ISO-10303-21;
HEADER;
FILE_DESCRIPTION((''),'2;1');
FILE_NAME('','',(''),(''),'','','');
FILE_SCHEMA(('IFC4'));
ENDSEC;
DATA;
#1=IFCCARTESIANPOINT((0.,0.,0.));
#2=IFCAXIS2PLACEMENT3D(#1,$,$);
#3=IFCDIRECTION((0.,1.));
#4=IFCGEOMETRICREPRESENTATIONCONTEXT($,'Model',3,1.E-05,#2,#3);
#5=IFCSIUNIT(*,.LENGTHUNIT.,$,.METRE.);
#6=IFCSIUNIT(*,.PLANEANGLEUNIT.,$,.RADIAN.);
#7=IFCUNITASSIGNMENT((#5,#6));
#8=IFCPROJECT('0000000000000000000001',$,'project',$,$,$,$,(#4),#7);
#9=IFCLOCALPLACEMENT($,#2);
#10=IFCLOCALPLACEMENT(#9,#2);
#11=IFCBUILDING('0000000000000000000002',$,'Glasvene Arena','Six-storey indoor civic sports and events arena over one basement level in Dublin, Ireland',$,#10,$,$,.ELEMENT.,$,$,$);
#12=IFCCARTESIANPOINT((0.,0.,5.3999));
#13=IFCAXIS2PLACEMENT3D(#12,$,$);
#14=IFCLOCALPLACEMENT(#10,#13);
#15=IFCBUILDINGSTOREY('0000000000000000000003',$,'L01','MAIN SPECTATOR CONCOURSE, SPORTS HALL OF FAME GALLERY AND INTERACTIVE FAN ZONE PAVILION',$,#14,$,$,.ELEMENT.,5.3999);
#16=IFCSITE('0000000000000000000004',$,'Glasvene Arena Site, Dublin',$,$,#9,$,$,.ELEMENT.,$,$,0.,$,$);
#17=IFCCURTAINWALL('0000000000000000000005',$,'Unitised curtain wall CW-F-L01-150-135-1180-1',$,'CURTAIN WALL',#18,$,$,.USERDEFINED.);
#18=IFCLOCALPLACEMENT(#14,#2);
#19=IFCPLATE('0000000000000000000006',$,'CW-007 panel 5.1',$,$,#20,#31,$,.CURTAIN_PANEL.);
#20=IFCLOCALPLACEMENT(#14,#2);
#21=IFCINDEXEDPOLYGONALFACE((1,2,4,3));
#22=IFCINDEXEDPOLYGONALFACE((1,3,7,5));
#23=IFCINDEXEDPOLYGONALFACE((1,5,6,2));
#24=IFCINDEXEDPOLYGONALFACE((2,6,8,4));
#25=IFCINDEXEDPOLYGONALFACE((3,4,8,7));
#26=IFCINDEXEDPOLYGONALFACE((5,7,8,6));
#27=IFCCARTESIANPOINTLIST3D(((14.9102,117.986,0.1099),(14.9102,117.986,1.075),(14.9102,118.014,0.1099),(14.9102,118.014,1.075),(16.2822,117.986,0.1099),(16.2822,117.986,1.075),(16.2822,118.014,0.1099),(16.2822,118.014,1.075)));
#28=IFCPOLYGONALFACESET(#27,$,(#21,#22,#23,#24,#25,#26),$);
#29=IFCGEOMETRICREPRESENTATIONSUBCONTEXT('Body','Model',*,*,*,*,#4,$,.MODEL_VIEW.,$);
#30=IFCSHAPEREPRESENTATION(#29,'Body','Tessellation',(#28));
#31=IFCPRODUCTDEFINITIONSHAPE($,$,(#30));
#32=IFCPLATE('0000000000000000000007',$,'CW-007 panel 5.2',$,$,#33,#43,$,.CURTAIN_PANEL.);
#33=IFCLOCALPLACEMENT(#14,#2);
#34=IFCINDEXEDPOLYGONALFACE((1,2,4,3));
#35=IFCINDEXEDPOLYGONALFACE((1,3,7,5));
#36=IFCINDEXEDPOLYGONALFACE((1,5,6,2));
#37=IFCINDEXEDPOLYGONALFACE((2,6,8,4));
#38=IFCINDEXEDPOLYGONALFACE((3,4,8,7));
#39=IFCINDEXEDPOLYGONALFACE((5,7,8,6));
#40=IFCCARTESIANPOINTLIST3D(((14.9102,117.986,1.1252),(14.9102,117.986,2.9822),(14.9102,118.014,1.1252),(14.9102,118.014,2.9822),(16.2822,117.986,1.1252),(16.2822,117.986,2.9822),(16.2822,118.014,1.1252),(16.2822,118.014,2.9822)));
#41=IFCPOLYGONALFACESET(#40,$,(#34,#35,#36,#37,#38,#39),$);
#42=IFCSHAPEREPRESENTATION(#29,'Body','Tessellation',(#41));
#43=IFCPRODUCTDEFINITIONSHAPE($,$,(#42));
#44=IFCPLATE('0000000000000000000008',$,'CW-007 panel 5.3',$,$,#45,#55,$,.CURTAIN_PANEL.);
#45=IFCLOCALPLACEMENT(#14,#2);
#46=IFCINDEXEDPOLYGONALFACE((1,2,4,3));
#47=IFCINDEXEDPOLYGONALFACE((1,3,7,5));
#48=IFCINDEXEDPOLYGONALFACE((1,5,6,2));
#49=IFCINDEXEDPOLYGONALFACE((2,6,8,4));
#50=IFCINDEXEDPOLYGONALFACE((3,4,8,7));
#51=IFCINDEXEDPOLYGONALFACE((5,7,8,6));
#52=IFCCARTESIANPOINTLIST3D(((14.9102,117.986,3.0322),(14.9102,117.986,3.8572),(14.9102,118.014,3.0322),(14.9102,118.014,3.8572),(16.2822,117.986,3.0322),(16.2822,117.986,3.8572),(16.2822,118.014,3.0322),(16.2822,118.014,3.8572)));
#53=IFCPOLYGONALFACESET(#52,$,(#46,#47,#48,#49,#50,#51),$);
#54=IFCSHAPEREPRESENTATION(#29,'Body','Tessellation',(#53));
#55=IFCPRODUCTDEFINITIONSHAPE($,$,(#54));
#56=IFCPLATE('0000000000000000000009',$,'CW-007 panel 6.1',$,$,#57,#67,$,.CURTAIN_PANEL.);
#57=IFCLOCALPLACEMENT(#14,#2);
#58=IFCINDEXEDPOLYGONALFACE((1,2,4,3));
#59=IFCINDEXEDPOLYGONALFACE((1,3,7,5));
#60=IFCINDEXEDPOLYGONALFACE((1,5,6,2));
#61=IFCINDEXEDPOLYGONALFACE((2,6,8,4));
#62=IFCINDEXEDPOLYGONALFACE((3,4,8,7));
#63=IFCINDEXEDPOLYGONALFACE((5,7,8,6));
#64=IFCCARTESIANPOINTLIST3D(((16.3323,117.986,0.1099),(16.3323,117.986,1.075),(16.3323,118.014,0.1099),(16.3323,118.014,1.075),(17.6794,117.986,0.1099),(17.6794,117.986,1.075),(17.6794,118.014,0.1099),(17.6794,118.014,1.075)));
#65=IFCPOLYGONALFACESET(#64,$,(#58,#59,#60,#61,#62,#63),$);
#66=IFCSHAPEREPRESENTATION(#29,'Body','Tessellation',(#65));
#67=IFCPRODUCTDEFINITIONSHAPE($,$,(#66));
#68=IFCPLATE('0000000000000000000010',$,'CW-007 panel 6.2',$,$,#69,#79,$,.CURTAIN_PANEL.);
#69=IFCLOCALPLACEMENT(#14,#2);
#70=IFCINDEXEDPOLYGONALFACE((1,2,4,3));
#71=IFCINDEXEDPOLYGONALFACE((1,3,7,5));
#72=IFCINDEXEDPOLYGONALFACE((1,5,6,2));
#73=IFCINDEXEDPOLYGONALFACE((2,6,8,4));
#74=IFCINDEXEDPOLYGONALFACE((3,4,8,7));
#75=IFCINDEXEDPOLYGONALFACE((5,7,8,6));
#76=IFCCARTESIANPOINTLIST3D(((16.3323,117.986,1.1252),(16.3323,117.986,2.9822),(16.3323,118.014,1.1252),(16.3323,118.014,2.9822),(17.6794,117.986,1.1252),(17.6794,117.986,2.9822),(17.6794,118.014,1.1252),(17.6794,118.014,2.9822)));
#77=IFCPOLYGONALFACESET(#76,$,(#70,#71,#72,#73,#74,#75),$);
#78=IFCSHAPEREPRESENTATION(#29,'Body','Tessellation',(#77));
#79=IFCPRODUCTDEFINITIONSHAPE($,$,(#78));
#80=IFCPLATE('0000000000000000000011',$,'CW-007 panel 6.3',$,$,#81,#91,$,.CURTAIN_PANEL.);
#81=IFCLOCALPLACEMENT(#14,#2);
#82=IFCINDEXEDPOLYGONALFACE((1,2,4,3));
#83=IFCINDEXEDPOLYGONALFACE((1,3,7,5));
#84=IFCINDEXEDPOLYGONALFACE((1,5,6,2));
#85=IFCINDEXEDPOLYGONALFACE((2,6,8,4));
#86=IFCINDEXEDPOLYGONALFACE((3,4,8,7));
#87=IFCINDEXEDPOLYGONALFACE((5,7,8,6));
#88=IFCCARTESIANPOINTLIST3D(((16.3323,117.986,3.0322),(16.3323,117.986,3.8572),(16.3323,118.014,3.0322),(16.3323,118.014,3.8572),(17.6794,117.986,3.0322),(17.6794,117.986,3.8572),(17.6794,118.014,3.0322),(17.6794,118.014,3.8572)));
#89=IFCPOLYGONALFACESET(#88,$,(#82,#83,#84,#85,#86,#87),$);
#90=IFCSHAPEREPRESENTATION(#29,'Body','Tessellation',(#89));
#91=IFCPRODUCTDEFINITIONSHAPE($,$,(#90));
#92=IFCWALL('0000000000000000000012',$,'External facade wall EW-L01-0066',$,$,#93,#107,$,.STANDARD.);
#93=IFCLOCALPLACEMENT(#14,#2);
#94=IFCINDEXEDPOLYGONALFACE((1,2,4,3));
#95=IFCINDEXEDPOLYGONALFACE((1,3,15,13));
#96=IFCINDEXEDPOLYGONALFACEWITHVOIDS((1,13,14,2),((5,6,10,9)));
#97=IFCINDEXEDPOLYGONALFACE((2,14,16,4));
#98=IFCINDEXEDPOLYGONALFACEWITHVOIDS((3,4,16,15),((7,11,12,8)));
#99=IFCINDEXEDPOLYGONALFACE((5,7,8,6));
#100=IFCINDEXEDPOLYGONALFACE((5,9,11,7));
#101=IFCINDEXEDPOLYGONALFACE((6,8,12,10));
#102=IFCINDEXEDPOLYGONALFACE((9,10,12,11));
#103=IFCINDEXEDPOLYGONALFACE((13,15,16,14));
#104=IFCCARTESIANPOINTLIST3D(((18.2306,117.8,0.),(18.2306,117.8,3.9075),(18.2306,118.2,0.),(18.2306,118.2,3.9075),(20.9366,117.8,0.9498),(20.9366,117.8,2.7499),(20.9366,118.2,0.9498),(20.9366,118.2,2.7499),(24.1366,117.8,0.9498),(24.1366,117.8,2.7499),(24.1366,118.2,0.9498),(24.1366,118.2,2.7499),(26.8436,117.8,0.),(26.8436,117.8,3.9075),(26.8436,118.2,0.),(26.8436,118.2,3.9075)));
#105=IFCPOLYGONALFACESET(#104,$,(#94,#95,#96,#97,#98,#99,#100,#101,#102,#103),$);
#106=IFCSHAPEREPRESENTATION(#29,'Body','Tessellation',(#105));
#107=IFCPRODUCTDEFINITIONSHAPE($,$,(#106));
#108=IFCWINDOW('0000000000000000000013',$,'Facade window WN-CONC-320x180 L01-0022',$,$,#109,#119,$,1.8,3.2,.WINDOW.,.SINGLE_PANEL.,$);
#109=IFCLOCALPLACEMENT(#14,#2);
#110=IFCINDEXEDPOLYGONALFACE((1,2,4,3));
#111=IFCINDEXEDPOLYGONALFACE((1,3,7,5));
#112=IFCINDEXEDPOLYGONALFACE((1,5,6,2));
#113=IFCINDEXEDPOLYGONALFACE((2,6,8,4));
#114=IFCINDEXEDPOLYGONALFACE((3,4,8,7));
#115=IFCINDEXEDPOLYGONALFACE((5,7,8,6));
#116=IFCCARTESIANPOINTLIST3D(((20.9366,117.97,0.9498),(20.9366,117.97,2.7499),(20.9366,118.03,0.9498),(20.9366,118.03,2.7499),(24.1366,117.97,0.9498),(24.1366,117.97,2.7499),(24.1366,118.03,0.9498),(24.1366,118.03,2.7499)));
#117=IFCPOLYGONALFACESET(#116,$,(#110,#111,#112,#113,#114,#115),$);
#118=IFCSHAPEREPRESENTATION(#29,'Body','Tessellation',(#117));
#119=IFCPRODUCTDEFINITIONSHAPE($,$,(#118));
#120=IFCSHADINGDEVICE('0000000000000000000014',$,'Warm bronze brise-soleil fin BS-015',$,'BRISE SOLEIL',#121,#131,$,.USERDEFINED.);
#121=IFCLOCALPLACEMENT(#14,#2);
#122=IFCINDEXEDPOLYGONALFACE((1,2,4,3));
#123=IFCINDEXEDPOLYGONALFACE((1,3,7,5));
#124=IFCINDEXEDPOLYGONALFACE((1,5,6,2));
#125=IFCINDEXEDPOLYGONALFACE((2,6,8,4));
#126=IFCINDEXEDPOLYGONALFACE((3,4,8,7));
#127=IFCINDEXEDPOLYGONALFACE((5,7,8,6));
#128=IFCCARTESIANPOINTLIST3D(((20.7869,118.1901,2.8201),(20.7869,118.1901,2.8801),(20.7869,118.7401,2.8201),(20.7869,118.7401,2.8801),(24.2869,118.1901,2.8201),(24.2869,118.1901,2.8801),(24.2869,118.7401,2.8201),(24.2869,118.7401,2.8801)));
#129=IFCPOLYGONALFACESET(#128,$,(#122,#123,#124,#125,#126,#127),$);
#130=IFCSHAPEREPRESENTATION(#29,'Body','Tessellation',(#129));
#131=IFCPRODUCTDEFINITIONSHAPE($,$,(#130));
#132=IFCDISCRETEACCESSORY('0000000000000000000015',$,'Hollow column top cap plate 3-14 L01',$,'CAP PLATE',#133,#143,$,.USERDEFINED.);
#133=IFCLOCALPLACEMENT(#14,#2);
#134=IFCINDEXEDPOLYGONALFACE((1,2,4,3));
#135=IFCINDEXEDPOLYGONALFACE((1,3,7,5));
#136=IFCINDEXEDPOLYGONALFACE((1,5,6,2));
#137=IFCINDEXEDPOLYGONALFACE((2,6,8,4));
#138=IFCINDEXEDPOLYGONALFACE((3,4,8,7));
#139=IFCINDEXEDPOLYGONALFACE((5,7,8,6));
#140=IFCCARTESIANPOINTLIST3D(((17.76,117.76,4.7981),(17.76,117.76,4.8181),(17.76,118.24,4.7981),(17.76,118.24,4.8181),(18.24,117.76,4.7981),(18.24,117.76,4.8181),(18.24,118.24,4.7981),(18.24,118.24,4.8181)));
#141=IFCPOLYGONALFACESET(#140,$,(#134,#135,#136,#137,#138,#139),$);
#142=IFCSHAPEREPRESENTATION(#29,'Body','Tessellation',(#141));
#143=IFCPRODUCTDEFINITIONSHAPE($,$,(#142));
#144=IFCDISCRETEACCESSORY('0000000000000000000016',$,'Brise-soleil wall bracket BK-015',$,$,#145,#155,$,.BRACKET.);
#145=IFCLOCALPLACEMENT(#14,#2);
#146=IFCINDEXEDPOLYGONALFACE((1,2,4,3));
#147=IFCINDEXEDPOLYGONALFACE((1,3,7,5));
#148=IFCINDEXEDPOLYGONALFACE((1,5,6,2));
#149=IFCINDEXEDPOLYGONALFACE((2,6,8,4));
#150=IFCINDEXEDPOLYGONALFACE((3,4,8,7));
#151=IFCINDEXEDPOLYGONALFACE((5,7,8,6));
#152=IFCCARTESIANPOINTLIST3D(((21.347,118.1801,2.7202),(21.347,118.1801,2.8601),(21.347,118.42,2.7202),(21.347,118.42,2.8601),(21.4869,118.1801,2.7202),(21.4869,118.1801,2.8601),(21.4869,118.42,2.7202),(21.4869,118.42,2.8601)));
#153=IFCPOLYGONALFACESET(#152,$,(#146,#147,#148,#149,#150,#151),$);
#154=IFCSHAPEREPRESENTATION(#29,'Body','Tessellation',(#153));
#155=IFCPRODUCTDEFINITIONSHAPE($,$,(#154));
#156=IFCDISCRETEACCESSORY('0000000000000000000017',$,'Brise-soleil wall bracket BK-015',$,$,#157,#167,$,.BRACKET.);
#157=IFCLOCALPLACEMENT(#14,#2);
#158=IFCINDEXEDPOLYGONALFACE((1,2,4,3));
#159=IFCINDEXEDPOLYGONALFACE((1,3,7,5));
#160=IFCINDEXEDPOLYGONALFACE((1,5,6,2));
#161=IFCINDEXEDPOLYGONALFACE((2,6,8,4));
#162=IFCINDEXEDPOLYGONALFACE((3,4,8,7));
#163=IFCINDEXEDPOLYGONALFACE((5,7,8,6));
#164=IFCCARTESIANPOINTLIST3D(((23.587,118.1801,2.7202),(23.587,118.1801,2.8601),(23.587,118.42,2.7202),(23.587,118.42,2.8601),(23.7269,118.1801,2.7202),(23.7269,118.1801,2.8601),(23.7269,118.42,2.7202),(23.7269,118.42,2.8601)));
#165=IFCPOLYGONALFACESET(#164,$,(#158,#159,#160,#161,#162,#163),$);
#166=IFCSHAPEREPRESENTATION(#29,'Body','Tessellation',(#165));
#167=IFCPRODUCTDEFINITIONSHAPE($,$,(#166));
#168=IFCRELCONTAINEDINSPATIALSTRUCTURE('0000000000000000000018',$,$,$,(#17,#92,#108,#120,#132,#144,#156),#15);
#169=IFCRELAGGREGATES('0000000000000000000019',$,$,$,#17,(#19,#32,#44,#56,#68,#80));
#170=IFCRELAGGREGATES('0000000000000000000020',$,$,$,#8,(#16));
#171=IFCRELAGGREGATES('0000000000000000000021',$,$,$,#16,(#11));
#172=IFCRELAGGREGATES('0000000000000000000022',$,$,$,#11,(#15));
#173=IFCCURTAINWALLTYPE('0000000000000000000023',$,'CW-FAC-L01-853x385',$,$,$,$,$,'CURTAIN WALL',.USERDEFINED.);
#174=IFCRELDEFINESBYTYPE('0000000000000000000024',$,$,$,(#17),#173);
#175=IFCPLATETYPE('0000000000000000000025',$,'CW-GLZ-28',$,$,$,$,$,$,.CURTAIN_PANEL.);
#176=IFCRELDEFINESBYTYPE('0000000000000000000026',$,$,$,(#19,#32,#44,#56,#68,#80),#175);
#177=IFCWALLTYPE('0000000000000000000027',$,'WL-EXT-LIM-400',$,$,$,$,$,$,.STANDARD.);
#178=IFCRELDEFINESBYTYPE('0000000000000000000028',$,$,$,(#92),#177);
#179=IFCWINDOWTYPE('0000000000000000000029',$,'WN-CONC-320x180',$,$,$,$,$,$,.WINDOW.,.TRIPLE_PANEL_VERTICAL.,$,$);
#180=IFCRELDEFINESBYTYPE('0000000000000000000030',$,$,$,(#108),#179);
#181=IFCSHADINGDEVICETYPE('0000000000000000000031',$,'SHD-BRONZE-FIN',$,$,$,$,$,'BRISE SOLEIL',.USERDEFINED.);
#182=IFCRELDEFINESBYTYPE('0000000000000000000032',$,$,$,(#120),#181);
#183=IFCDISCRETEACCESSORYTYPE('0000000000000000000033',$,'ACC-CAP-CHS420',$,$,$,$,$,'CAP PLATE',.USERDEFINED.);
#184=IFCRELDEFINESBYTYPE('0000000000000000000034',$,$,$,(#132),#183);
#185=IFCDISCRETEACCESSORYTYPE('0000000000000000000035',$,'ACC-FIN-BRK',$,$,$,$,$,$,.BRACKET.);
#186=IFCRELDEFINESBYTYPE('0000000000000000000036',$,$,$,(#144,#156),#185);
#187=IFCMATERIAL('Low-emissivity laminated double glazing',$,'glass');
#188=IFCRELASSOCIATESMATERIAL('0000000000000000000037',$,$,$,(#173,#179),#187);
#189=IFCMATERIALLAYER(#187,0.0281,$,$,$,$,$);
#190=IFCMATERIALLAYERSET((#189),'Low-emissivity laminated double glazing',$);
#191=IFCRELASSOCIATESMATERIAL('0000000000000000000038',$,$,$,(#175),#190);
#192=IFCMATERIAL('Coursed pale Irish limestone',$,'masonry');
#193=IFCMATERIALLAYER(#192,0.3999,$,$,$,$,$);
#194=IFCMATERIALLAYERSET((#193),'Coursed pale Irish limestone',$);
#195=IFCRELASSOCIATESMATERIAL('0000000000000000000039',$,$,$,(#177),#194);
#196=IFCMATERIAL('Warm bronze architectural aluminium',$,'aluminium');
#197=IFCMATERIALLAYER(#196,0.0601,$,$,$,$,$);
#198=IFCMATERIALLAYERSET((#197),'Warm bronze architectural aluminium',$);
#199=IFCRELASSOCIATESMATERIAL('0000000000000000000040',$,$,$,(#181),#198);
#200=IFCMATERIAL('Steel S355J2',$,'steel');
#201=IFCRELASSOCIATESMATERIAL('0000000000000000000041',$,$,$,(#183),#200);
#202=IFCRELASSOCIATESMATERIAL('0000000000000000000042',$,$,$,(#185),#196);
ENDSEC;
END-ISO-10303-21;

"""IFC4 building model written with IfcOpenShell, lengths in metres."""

from ifc_helpers import new_model, si_unit, direction, frame, frame_2d, origin, origin_2d, place, context, subcontext, project, spatial, rectangle, extrude, material, layer, layer_set, type_object, element, fill, aggregate, save


model = new_model("IFC4")

# Units and contexts
model_context = context("Model", 3, precision=1e-05, world=origin(), true_north=direction((0.0, 1.0)))
body_context = subcontext(model_context, "Body", "Model", "MODEL_VIEW")
ifc_project = project(units=[si_unit("LENGTHUNIT", "METRE"), si_unit("PLANEANGLEUNIT", "RADIAN")], contexts=[model_context])

# Site, building, storey
site_placement = place(None, origin())
site = spatial("IfcSite", under=ifc_project, at=site_placement, Name="Glasvene Arena Site, Dublin", CompositionType="ELEMENT", RefElevation=0.0)
building_placement = place(site_placement, origin())
building = spatial("IfcBuilding", under=site, at=building_placement, Name="Glasvene Arena", Description="Six-storey indoor civic sports and events arena over one basement level in Dublin, Ireland", CompositionType="ELEMENT")
storey_placement = place(building_placement, frame((0.0, 0.0, 5.3999)))
storey = spatial("IfcBuildingStorey", under=building, at=storey_placement, Name="L01", Description="MAIN SPECTATOR CONCOURSE, SPORTS HALL OF FAME GALLERY AND INTERACTIVE FAN ZONE PAVILION", CompositionType="ELEMENT", Elevation=5.3999)

# Shared definitions
ifc_material_1 = material(Name="Steel S355J2", Category="steel")

# Curtain wall, plates
ifc_material_2 = material(Name="Low-emissivity laminated double glazing", Category="glass")
curtain_wall_type = type_object("IfcCurtainWallType", Name="CW-FAC-L01-853x385", ElementType="CURTAIN WALL", PredefinedType="USERDEFINED", material=ifc_material_2)
curtain_wall_placement = place(storey_placement, frame((9.1965, 118.0, 0.0)))
curtain_wall = element("IfcCurtainWall", 1, at=curtain_wall_placement, inside=storey, type_object=curtain_wall_type, Name="Unitised curtain wall CW-F-L01-150-135-1180-1", ObjectType="CURTAIN WALL", PredefinedType="USERDEFINED")
ifc_layer_1 = layer(ifc_material_2, 0.0281)
ifc_layer_set_1 = layer_set([ifc_layer_1], Name="Low-emissivity laminated double glazing")
plate_type = type_object("IfcPlateType", Name="CW-GLZ-28", PredefinedType="CURTAIN_PANEL", material=ifc_layer_set_1)
plate_1_placement = place(storey_placement, frame((15.5962, 118.0, 0.1099), z_axis=(0.0, 0.0, 1.0), x_axis=(1.0, 0.0, 0.0)))
plate_1 = element("IfcPlate", 2, at=plate_1_placement, type_object=plate_type, Name="CW-007 panel 5.1", PredefinedType="CURTAIN_PANEL", context=body_context, shape_type="SweptSolid", body=[
    extrude(rectangle(XDim=1.3721, YDim=0.0281, at=origin_2d()), origin(), (0.0, 0.0, 1.0), 0.9651),
])
plate_2_placement = place(storey_placement, frame((15.5962, 118.0, 1.1252), z_axis=(0.0, 0.0, 1.0), x_axis=(1.0, 0.0, 0.0)))
plate_2 = element("IfcPlate", 3, at=plate_2_placement, type_object=plate_type, Name="CW-007 panel 5.2", PredefinedType="CURTAIN_PANEL", context=body_context, shape_type="SweptSolid", body=[
    extrude(rectangle(XDim=1.3721, YDim=0.0281, at=origin_2d()), origin(), (0.0, 0.0, 1.0), 1.8569),
])
plate_3_placement = place(storey_placement, frame((15.5962, 118.0, 3.0322), z_axis=(0.0, 0.0, 1.0), x_axis=(1.0, 0.0, 0.0)))
plate_3 = element("IfcPlate", 4, at=plate_3_placement, type_object=plate_type, Name="CW-007 panel 5.3", PredefinedType="CURTAIN_PANEL", context=body_context, shape_type="SweptSolid", body=[
    extrude(rectangle(XDim=1.3721, YDim=0.0281, at=origin_2d()), origin(), (0.0, 0.0, 1.0), 0.825),
])
plate_4_placement = place(storey_placement, frame((17.0059, 118.0, 0.1099), z_axis=(0.0, 0.0, 1.0), x_axis=(1.0, 0.0, 0.0)))
plate_4 = element("IfcPlate", 5, at=plate_4_placement, type_object=plate_type, Name="CW-007 panel 6.1", PredefinedType="CURTAIN_PANEL", context=body_context, shape_type="SweptSolid", body=[
    extrude(rectangle(XDim=1.3472, YDim=0.0281, at=origin_2d()), origin(), (0.0, 0.0, 1.0), 0.9651),
])
plate_5_placement = place(storey_placement, frame((17.0059, 118.0, 1.1252), z_axis=(0.0, 0.0, 1.0), x_axis=(1.0, 0.0, 0.0)))
plate_5 = element("IfcPlate", 6, at=plate_5_placement, type_object=plate_type, Name="CW-007 panel 6.2", PredefinedType="CURTAIN_PANEL", context=body_context, shape_type="SweptSolid", body=[
    extrude(rectangle(XDim=1.3472, YDim=0.0281, at=origin_2d()), origin(), (0.0, 0.0, 1.0), 1.8569),
])
plate_6_placement = place(storey_placement, frame((17.0059, 118.0, 3.0322), z_axis=(0.0, 0.0, 1.0), x_axis=(1.0, 0.0, 0.0)))
plate_6 = element("IfcPlate", 7, at=plate_6_placement, type_object=plate_type, Name="CW-007 panel 6.3", PredefinedType="CURTAIN_PANEL", context=body_context, shape_type="SweptSolid", body=[
    extrude(rectangle(XDim=1.3472, YDim=0.0281, at=origin_2d()), origin(), (0.0, 0.0, 1.0), 0.825),
])
aggregate(curtain_wall, [plate_1, plate_2, plate_3, plate_4, plate_5, plate_6])

# Wall, opening, window
ifc_material_3 = material(Name="Coursed pale Irish limestone", Category="masonry")
ifc_layer_2 = layer(ifc_material_3, 0.3999)
ifc_layer_set_2 = layer_set([ifc_layer_2], Name="Coursed pale Irish limestone")
wall_type = type_object("IfcWallType", Name="WL-EXT-LIM-400", PredefinedType="STANDARD", material=ifc_layer_set_2)
wall_placement = place(storey_placement, frame((18.2305, 118.0, 0.0), z_axis=(0.0, 0.0, 1.0), x_axis=(1.0, 0.0, 0.0)))
wall = element("IfcWall", 8, at=wall_placement, inside=storey, type_object=wall_type, Name="External facade wall EW-L01-0066", PredefinedType="STANDARD", context=body_context, shape_type="SweptSolid", body=[
    extrude(rectangle(XDim=8.613, YDim=0.3999, at=frame_2d((4.3066, 0.0))), origin(), (0.0, 0.0, 1.0), 3.9075),
])
opening_placement = place(wall_placement, frame((2.7061, 0.0, 0.95)))
opening = element("IfcOpeningElement", 9, at=opening_placement, cuts=wall, PredefinedType="OPENING", context=body_context, shape_type="SweptSolid", body=[
    extrude(rectangle(XDim=3.2, YDim=1.8, at=frame_2d((1.6001, 0.8999))), frame((0.0, 0.21, 0.0), z_axis=(0.0, -1.0, 0.0), x_axis=(1.0, 0.0, 0.0)), (0.0, 0.0, 1.0), 0.4199),
])
window_type = type_object("IfcWindowType", Name="WN-CONC-320x180", PartitioningType="TRIPLE_PANEL_VERTICAL", PredefinedType="WINDOW", material=ifc_material_2)
window_placement = place(opening_placement, origin())
window = element("IfcWindow", 10, at=window_placement, inside=storey, type_object=window_type, Name="Facade window WN-CONC-320x180 L01-0022", OverallHeight=1.8, OverallWidth=3.2, PartitioningType="SINGLE_PANEL", PredefinedType="WINDOW", context=body_context, shape_type="SweptSolid", body=[
    extrude(rectangle(XDim=3.2, YDim=1.8, at=frame_2d((1.6001, 0.8999))), frame((0.0, 0.03, 0.0), z_axis=(0.0, -1.0, 0.0), x_axis=(1.0, 0.0, 0.0)), (0.0, 0.0, 1.0), 0.0601),
])
fill(opening, window)

# Shading device
ifc_material_4 = material(Name="Warm bronze architectural aluminium", Category="aluminium")
ifc_layer_3 = layer(ifc_material_4, 0.0601)
ifc_layer_set_3 = layer_set([ifc_layer_3], Name="Warm bronze architectural aluminium")
shading_device_type = type_object("IfcShadingDeviceType", Name="SHD-BRONZE-FIN", ElementType="BRISE SOLEIL", PredefinedType="USERDEFINED", material=ifc_layer_set_3)
shading_device_placement = place(storey_placement, frame((22.5369, 118.4651, 2.8201), z_axis=(0.0, 0.0, 1.0), x_axis=(1.0, 0.0, 0.0)))
element("IfcShadingDevice", 11, at=shading_device_placement, inside=storey, type_object=shading_device_type, Name="Warm bronze brise-soleil fin BS-015", ObjectType="BRISE SOLEIL", PredefinedType="USERDEFINED", context=body_context, shape_type="SweptSolid", body=[
    extrude(rectangle(XDim=3.5, YDim=0.55, at=origin_2d()), origin(), (0.0, 0.0, 1.0), 0.0601),
])

# Discrete accessories
discrete_accessory_type_1 = type_object("IfcDiscreteAccessoryType", Name="ACC-CAP-CHS420", ElementType="CAP PLATE", PredefinedType="USERDEFINED", material=ifc_material_1)
discrete_accessory_placement = place(storey_placement, frame((18.0, 118.0, 4.7981), z_axis=(0.0, 0.0, 1.0), x_axis=(1.0, 0.0, 0.0)))
element("IfcDiscreteAccessory", 12, at=discrete_accessory_placement, inside=storey, type_object=discrete_accessory_type_1, Name="Hollow column top cap plate 3-14 L01", ObjectType="CAP PLATE", PredefinedType="USERDEFINED", context=body_context, shape_type="SweptSolid", body=[
    extrude(rectangle(XDim=0.48, YDim=0.48, at=origin_2d()), origin(), (0.0, 0.0, 1.0), 0.02),
])
discrete_accessory_type_2 = type_object("IfcDiscreteAccessoryType", Name="ACC-FIN-BRK", PredefinedType="BRACKET", material=ifc_material_4)
for number, where, z_axis, x_axis, name in (
    (13, (21.417, 118.3, 2.7202), (0.0, 0.0, 1.0), (1.0, 0.0, 0.0), "Brise-soleil wall bracket BK-015"),
    (14, (23.657, 118.3, 2.7202), (0.0, 0.0, 1.0), (1.0, 0.0, 0.0), "Brise-soleil wall bracket BK-015"),
):
    element("IfcDiscreteAccessory", number, at=place(storey_placement, frame(where, z_axis=z_axis, x_axis=x_axis)), inside=storey, type_object=discrete_accessory_type_2, Name=name, PredefinedType="BRACKET", context=body_context, shape_type="SweptSolid", body=[
        extrude(rectangle(XDim=0.1399, YDim=0.24, at=origin_2d()), origin(), (0.0, 0.0, 1.0), 0.1399),
    ])

save(model, "model.ifc")
